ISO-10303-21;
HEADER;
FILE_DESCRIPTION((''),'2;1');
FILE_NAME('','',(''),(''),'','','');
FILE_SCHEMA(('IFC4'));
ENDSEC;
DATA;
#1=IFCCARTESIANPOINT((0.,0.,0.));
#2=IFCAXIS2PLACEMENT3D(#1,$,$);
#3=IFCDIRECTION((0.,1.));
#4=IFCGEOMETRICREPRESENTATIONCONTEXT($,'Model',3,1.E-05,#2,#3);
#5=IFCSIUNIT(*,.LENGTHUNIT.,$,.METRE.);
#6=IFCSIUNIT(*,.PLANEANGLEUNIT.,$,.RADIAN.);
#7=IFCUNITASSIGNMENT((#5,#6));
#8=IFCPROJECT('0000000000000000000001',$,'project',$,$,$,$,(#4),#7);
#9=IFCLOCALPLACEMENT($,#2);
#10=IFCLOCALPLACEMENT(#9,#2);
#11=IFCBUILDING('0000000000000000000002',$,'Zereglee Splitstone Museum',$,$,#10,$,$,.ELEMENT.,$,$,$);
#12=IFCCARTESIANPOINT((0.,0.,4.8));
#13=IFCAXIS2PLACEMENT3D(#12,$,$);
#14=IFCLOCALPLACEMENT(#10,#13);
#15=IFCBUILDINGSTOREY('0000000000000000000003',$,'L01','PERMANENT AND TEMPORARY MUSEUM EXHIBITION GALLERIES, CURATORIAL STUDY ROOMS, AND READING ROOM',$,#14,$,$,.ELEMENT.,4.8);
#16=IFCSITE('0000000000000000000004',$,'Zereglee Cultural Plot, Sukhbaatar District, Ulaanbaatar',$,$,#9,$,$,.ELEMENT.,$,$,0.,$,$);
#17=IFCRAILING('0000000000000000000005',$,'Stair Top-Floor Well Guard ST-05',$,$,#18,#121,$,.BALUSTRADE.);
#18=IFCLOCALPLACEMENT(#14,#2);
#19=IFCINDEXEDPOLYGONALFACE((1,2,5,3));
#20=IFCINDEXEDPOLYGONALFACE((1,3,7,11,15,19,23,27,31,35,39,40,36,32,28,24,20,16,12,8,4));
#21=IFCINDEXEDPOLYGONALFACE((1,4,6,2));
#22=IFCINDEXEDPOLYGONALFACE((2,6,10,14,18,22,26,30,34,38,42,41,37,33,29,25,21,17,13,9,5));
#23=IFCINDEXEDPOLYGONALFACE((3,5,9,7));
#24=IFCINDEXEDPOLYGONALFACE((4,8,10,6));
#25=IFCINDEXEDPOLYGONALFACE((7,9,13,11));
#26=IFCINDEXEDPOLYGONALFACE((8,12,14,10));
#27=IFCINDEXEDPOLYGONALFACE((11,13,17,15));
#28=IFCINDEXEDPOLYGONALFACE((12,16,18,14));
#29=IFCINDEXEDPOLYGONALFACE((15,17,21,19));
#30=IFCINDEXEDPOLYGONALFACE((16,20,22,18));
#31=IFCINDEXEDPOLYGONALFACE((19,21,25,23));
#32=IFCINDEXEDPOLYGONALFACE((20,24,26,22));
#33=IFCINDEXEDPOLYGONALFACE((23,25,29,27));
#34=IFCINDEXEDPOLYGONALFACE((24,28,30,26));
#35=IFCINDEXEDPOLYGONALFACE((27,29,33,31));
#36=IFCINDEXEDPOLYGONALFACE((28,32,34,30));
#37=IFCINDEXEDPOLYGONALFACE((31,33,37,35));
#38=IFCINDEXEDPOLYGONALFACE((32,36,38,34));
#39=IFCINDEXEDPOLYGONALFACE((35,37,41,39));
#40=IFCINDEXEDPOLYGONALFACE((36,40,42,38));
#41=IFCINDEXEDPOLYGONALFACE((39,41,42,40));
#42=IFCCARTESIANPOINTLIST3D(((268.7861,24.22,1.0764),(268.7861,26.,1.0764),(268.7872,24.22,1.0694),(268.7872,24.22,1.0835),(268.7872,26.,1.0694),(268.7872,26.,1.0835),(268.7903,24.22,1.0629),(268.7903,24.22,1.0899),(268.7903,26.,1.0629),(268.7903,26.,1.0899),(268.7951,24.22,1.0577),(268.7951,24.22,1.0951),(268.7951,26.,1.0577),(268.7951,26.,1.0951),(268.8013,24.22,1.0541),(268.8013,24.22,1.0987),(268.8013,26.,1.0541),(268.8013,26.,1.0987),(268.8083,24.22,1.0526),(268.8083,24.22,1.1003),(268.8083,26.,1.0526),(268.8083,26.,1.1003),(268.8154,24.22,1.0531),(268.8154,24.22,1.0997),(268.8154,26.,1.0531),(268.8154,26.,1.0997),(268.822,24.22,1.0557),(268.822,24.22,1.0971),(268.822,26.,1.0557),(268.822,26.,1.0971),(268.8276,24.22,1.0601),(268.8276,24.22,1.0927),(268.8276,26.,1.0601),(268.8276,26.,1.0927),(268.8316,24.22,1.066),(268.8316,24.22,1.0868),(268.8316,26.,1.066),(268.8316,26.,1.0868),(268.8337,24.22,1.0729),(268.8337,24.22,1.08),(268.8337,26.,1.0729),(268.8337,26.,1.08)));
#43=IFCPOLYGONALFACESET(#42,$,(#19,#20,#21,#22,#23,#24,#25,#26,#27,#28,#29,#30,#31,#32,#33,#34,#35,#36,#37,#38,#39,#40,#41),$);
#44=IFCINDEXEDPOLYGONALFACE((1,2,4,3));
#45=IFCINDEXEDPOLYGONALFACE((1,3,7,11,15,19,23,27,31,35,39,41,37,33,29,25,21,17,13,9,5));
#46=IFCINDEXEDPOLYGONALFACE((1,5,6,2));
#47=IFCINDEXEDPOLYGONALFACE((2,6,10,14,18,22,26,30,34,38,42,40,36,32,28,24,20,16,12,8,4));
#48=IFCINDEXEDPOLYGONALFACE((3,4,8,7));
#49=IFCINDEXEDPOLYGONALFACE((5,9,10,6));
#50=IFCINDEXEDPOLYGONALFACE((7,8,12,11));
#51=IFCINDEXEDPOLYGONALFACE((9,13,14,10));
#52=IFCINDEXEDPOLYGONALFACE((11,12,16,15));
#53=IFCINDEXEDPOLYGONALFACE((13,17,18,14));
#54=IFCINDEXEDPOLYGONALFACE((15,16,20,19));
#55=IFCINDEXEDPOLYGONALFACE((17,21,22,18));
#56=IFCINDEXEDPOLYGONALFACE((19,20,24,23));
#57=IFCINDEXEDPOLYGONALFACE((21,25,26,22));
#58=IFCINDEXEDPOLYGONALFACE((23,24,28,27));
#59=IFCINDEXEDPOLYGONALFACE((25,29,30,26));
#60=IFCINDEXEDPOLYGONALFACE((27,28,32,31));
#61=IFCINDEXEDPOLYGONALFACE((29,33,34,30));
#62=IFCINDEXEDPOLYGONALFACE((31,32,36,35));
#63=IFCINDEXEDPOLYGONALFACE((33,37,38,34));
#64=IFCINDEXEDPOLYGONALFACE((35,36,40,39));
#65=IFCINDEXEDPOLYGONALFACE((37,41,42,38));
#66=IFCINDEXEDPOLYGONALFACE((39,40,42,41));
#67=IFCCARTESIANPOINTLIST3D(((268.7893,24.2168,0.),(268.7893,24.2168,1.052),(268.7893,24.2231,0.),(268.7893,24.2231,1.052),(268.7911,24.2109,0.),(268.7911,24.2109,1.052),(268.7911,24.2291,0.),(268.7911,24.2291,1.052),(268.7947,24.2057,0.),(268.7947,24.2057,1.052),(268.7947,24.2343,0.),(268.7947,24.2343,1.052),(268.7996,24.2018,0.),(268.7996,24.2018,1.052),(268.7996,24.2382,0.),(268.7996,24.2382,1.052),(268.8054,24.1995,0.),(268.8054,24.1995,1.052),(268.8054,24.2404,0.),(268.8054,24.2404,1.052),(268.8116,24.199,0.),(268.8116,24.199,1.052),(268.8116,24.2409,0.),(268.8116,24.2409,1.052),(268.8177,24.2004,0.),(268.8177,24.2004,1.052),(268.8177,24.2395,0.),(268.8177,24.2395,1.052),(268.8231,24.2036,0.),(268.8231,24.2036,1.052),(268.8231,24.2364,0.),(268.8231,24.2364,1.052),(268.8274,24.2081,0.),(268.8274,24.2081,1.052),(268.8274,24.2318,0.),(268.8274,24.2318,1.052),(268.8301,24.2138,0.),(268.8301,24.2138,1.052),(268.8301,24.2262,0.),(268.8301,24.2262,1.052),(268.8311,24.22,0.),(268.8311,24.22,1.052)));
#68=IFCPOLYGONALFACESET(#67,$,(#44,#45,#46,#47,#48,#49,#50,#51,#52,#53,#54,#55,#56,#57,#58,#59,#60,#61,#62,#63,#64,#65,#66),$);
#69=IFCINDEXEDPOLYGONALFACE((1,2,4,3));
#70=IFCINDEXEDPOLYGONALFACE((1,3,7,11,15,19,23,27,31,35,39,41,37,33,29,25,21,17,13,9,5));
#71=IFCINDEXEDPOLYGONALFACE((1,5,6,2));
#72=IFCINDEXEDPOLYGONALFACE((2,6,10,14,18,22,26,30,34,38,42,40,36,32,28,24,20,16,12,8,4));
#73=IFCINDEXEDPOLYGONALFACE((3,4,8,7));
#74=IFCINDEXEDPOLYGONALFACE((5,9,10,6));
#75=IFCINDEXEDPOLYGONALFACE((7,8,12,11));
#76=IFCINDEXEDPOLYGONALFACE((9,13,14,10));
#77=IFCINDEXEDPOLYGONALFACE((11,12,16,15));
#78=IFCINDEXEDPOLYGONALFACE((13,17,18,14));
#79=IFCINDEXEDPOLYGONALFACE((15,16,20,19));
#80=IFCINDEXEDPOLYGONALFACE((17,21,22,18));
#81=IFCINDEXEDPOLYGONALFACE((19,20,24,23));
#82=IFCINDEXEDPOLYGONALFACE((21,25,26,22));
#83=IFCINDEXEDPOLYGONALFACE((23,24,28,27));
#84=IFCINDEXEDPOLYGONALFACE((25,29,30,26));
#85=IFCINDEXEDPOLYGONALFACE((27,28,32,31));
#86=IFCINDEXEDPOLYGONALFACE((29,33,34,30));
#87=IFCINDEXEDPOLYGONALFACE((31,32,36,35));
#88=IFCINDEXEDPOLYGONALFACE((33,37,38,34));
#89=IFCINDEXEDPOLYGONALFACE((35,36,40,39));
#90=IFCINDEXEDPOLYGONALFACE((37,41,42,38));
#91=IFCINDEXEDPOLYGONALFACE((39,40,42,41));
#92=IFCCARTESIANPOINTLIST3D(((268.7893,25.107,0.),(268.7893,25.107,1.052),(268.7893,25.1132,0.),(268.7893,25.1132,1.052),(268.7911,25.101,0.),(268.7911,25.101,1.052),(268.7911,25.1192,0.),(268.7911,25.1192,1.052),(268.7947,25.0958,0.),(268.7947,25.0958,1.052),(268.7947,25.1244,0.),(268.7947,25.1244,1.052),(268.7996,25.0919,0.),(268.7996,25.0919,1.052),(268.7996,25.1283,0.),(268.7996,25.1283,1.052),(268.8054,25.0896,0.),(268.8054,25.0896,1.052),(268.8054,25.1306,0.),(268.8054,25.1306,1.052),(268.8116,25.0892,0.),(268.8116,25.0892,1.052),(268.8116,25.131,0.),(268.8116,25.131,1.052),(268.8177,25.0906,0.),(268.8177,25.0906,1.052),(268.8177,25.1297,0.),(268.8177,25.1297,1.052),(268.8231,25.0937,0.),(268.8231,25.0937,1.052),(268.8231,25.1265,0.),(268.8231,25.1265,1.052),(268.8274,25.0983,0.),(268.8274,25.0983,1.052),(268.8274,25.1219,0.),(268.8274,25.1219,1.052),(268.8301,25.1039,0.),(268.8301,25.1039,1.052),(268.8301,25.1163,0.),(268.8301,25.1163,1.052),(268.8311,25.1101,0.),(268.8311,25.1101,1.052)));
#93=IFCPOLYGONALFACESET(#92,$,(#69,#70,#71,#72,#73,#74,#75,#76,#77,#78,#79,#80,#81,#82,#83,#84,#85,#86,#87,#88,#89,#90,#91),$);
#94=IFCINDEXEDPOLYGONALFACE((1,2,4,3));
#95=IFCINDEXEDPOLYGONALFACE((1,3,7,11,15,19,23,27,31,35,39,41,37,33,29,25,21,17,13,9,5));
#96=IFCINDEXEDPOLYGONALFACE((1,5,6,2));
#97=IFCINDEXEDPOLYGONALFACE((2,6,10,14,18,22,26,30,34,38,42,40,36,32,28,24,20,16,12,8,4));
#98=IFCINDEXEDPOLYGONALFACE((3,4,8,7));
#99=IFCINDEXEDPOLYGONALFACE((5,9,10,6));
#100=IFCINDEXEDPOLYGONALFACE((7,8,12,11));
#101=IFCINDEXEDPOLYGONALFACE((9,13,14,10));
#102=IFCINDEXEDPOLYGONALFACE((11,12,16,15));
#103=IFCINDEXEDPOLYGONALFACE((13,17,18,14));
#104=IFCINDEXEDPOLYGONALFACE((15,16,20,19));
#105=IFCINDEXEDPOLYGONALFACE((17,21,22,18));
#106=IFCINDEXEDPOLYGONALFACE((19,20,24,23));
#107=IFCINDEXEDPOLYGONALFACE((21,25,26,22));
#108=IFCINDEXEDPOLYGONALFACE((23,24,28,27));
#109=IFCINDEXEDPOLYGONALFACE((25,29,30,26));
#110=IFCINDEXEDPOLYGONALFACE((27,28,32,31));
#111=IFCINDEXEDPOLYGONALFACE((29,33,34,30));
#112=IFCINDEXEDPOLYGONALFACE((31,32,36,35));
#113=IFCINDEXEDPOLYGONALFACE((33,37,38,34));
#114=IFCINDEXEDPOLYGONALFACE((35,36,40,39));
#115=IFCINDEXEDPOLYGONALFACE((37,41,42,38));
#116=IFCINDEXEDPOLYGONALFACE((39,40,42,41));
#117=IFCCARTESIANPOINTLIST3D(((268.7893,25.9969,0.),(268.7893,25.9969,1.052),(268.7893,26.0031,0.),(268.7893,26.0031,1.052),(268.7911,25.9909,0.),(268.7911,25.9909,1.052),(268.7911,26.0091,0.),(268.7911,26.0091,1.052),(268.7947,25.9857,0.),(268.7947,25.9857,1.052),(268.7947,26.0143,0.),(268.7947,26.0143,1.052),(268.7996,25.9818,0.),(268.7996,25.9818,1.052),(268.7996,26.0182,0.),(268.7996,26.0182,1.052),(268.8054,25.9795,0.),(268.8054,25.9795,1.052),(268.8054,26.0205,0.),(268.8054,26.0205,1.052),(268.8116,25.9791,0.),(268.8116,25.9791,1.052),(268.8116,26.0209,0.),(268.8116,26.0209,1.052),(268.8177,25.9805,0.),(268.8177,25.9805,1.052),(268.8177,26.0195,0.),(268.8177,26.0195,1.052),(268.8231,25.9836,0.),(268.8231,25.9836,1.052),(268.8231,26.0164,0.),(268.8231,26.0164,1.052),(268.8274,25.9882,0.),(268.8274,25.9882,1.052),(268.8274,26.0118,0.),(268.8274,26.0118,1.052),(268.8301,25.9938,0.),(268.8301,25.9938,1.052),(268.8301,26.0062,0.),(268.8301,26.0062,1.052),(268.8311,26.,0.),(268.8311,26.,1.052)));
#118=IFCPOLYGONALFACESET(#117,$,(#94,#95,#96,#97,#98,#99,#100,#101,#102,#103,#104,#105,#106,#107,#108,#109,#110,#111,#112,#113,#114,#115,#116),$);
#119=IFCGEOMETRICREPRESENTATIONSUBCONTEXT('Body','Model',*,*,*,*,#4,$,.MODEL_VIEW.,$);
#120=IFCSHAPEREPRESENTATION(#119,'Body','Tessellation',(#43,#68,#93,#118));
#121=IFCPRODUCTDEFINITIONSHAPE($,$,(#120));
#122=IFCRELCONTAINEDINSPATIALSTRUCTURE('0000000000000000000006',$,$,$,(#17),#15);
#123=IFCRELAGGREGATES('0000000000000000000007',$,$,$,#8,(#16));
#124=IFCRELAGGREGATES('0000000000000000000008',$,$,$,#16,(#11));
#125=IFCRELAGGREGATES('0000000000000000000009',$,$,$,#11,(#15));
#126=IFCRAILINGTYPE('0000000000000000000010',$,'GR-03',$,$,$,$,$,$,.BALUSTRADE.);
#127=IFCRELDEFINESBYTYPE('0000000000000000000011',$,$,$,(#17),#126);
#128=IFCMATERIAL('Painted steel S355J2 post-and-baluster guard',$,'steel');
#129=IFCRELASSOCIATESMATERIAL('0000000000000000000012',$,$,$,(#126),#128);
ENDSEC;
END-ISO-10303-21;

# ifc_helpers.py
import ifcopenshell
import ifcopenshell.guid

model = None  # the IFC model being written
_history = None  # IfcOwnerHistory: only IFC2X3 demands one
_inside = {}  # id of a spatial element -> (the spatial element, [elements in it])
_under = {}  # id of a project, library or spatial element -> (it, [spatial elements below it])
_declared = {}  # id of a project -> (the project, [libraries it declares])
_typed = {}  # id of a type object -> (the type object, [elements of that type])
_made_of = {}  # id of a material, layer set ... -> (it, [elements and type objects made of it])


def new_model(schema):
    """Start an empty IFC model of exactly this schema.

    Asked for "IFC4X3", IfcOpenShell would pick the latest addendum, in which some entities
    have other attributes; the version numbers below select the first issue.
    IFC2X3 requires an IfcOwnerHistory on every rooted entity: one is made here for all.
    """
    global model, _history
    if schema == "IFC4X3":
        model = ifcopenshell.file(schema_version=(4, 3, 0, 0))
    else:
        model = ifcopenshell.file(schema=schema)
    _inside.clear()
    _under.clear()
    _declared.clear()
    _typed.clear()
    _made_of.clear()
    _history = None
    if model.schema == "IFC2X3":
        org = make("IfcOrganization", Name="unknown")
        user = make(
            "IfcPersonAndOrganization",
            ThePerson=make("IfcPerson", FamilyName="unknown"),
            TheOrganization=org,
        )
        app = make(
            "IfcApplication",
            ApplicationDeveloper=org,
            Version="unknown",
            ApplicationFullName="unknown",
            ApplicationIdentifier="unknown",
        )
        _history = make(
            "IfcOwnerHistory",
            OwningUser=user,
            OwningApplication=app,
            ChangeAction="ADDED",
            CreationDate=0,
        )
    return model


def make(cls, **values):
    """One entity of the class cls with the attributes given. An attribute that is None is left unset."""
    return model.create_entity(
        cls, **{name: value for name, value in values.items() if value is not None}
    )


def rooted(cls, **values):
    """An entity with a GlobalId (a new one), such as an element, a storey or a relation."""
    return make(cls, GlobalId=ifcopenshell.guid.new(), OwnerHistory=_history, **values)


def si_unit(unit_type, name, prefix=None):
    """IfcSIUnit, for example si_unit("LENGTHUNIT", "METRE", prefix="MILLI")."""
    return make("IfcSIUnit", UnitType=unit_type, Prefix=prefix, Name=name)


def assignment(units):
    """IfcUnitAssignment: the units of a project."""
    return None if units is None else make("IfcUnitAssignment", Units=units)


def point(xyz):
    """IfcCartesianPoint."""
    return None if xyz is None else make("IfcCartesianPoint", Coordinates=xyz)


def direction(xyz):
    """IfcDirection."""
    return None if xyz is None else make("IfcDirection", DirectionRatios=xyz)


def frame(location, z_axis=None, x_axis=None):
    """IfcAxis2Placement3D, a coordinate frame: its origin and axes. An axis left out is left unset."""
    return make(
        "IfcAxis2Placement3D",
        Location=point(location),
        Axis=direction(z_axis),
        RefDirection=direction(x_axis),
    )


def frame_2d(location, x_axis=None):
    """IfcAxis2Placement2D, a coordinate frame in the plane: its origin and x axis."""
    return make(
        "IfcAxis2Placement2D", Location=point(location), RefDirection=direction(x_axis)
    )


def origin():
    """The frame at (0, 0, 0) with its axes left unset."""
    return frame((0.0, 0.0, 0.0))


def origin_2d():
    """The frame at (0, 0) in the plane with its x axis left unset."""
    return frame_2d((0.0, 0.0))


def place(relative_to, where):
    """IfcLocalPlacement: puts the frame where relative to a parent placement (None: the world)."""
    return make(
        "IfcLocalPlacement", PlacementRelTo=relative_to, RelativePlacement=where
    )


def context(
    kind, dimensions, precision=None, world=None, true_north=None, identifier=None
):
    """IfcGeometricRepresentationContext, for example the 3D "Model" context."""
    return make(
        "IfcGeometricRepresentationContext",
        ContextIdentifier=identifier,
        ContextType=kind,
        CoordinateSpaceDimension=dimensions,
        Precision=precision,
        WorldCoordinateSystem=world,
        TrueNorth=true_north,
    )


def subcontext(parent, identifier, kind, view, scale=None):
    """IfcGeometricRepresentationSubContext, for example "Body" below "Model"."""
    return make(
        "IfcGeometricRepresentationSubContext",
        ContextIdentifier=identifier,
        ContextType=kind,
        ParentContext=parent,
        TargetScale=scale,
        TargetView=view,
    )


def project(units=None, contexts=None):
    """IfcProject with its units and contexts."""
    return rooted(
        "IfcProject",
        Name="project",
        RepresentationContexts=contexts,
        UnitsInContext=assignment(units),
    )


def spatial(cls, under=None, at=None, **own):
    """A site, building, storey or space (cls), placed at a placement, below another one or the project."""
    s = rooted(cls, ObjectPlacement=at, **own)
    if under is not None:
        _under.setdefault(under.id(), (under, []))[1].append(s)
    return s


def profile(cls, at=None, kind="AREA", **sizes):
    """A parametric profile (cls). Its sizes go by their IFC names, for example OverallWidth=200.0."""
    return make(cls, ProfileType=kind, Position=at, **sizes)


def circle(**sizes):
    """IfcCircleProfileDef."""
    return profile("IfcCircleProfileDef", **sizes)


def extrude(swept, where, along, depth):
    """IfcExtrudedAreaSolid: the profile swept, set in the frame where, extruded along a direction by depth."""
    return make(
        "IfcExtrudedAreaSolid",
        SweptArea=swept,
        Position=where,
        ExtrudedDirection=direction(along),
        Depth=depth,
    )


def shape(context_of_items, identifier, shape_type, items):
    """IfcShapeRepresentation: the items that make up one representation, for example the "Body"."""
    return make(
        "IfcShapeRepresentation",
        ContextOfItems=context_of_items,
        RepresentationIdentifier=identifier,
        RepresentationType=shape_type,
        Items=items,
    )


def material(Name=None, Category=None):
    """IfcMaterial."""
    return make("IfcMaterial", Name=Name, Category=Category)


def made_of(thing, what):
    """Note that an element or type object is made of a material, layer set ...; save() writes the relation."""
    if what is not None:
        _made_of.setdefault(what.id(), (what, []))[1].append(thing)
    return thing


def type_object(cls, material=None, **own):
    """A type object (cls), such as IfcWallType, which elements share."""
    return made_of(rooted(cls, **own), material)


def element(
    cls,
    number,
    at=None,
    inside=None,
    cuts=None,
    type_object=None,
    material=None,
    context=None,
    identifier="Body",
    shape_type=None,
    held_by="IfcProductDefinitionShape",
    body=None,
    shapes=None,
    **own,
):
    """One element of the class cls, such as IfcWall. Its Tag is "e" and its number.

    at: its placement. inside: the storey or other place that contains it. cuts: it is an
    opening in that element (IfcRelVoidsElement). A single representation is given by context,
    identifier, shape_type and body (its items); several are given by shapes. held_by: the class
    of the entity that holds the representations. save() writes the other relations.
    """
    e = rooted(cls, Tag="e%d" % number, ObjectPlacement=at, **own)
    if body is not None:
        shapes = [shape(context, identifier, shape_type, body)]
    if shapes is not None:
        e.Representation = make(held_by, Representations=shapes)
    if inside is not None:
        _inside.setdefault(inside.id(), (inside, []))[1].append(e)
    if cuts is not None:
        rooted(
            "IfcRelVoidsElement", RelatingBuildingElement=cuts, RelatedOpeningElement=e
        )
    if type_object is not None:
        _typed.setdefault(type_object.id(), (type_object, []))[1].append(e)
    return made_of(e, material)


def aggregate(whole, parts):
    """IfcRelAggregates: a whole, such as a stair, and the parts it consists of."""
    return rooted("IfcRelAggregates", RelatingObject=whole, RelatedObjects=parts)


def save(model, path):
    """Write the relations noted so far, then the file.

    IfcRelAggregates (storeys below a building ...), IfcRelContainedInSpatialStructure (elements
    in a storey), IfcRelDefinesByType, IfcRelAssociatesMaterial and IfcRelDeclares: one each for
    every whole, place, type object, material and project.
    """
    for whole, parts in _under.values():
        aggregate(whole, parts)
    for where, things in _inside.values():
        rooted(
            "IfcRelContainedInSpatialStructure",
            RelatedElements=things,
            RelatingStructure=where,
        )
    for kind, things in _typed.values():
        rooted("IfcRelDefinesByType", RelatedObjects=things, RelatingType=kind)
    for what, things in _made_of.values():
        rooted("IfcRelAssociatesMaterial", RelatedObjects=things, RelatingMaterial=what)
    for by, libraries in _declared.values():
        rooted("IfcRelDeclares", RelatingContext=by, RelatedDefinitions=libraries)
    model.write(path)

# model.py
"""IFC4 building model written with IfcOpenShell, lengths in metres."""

from ifc_helpers import new_model, si_unit, direction, frame, origin, origin_2d, place, context, subcontext, project, spatial, circle, extrude, material, type_object, element, save


model = new_model("IFC4")

# Units and contexts
model_context = context("Model", 3, precision=1e-05, world=origin(), true_north=direction((0.0, 1.0)))
body_context = subcontext(model_context, "Body", "Model", "MODEL_VIEW")
ifc_project = project(units=[si_unit("LENGTHUNIT", "METRE"), si_unit("PLANEANGLEUNIT", "RADIAN")], contexts=[model_context])

# Site, building, storey
site_placement = place(None, origin())
site = spatial("IfcSite", under=ifc_project, at=site_placement, Name="Zereglee Cultural Plot, Sukhbaatar District, Ulaanbaatar", CompositionType="ELEMENT", RefElevation=0.0)
building_placement = place(site_placement, origin())
building = spatial("IfcBuilding", under=site, at=building_placement, Name="Zereglee Splitstone Museum", CompositionType="ELEMENT")
storey_placement = place(building_placement, frame((0.0, 0.0, 4.8)))
storey = spatial("IfcBuildingStorey", under=building, at=storey_placement, Name="L01", Description="PERMANENT AND TEMPORARY MUSEUM EXHIBITION GALLERIES, CURATORIAL STUDY ROOMS, AND READING ROOM", CompositionType="ELEMENT", Elevation=4.8)

# Railing
ifc_material_1 = material(Name="Painted steel S355J2 post-and-baluster guard", Category="steel")
railing_type = type_object("IfcRailingType", Name="GR-03", PredefinedType="BALUSTRADE", material=ifc_material_1)
railing_1_placement = place(storey_placement, frame((268.8101, 24.22, 0.0)))
element("IfcRailing", 1, at=railing_1_placement, inside=storey, type_object=railing_type, Name="Stair Top-Floor Well Guard ST-05", PredefinedType="BALUSTRADE", context=body_context, shape_type="SweptSolid", body=[
    extrude(circle(Radius=0.0239, at=origin_2d()), frame((0.0, 0.0, 1.0764), z_axis=(0.0, 1.0, 0.0), x_axis=(-1.0, 0.0, 0.0)), (0.0, 0.0, 1.0), 1.78),
    extrude(circle(Radius=0.021, at=origin_2d()), origin(), (0.0, 0.0, 1.0), 1.052),
    extrude(circle(Radius=0.021, at=origin_2d()), frame((0.0, 0.8901, 0.0)), (0.0, 0.0, 1.0), 1.052),
    extrude(circle(Radius=0.021, at=origin_2d()), frame((0.0, 1.78, 0.0)), (0.0, 0.0, 1.0), 1.052),
])

save(model, "model.ifc")
